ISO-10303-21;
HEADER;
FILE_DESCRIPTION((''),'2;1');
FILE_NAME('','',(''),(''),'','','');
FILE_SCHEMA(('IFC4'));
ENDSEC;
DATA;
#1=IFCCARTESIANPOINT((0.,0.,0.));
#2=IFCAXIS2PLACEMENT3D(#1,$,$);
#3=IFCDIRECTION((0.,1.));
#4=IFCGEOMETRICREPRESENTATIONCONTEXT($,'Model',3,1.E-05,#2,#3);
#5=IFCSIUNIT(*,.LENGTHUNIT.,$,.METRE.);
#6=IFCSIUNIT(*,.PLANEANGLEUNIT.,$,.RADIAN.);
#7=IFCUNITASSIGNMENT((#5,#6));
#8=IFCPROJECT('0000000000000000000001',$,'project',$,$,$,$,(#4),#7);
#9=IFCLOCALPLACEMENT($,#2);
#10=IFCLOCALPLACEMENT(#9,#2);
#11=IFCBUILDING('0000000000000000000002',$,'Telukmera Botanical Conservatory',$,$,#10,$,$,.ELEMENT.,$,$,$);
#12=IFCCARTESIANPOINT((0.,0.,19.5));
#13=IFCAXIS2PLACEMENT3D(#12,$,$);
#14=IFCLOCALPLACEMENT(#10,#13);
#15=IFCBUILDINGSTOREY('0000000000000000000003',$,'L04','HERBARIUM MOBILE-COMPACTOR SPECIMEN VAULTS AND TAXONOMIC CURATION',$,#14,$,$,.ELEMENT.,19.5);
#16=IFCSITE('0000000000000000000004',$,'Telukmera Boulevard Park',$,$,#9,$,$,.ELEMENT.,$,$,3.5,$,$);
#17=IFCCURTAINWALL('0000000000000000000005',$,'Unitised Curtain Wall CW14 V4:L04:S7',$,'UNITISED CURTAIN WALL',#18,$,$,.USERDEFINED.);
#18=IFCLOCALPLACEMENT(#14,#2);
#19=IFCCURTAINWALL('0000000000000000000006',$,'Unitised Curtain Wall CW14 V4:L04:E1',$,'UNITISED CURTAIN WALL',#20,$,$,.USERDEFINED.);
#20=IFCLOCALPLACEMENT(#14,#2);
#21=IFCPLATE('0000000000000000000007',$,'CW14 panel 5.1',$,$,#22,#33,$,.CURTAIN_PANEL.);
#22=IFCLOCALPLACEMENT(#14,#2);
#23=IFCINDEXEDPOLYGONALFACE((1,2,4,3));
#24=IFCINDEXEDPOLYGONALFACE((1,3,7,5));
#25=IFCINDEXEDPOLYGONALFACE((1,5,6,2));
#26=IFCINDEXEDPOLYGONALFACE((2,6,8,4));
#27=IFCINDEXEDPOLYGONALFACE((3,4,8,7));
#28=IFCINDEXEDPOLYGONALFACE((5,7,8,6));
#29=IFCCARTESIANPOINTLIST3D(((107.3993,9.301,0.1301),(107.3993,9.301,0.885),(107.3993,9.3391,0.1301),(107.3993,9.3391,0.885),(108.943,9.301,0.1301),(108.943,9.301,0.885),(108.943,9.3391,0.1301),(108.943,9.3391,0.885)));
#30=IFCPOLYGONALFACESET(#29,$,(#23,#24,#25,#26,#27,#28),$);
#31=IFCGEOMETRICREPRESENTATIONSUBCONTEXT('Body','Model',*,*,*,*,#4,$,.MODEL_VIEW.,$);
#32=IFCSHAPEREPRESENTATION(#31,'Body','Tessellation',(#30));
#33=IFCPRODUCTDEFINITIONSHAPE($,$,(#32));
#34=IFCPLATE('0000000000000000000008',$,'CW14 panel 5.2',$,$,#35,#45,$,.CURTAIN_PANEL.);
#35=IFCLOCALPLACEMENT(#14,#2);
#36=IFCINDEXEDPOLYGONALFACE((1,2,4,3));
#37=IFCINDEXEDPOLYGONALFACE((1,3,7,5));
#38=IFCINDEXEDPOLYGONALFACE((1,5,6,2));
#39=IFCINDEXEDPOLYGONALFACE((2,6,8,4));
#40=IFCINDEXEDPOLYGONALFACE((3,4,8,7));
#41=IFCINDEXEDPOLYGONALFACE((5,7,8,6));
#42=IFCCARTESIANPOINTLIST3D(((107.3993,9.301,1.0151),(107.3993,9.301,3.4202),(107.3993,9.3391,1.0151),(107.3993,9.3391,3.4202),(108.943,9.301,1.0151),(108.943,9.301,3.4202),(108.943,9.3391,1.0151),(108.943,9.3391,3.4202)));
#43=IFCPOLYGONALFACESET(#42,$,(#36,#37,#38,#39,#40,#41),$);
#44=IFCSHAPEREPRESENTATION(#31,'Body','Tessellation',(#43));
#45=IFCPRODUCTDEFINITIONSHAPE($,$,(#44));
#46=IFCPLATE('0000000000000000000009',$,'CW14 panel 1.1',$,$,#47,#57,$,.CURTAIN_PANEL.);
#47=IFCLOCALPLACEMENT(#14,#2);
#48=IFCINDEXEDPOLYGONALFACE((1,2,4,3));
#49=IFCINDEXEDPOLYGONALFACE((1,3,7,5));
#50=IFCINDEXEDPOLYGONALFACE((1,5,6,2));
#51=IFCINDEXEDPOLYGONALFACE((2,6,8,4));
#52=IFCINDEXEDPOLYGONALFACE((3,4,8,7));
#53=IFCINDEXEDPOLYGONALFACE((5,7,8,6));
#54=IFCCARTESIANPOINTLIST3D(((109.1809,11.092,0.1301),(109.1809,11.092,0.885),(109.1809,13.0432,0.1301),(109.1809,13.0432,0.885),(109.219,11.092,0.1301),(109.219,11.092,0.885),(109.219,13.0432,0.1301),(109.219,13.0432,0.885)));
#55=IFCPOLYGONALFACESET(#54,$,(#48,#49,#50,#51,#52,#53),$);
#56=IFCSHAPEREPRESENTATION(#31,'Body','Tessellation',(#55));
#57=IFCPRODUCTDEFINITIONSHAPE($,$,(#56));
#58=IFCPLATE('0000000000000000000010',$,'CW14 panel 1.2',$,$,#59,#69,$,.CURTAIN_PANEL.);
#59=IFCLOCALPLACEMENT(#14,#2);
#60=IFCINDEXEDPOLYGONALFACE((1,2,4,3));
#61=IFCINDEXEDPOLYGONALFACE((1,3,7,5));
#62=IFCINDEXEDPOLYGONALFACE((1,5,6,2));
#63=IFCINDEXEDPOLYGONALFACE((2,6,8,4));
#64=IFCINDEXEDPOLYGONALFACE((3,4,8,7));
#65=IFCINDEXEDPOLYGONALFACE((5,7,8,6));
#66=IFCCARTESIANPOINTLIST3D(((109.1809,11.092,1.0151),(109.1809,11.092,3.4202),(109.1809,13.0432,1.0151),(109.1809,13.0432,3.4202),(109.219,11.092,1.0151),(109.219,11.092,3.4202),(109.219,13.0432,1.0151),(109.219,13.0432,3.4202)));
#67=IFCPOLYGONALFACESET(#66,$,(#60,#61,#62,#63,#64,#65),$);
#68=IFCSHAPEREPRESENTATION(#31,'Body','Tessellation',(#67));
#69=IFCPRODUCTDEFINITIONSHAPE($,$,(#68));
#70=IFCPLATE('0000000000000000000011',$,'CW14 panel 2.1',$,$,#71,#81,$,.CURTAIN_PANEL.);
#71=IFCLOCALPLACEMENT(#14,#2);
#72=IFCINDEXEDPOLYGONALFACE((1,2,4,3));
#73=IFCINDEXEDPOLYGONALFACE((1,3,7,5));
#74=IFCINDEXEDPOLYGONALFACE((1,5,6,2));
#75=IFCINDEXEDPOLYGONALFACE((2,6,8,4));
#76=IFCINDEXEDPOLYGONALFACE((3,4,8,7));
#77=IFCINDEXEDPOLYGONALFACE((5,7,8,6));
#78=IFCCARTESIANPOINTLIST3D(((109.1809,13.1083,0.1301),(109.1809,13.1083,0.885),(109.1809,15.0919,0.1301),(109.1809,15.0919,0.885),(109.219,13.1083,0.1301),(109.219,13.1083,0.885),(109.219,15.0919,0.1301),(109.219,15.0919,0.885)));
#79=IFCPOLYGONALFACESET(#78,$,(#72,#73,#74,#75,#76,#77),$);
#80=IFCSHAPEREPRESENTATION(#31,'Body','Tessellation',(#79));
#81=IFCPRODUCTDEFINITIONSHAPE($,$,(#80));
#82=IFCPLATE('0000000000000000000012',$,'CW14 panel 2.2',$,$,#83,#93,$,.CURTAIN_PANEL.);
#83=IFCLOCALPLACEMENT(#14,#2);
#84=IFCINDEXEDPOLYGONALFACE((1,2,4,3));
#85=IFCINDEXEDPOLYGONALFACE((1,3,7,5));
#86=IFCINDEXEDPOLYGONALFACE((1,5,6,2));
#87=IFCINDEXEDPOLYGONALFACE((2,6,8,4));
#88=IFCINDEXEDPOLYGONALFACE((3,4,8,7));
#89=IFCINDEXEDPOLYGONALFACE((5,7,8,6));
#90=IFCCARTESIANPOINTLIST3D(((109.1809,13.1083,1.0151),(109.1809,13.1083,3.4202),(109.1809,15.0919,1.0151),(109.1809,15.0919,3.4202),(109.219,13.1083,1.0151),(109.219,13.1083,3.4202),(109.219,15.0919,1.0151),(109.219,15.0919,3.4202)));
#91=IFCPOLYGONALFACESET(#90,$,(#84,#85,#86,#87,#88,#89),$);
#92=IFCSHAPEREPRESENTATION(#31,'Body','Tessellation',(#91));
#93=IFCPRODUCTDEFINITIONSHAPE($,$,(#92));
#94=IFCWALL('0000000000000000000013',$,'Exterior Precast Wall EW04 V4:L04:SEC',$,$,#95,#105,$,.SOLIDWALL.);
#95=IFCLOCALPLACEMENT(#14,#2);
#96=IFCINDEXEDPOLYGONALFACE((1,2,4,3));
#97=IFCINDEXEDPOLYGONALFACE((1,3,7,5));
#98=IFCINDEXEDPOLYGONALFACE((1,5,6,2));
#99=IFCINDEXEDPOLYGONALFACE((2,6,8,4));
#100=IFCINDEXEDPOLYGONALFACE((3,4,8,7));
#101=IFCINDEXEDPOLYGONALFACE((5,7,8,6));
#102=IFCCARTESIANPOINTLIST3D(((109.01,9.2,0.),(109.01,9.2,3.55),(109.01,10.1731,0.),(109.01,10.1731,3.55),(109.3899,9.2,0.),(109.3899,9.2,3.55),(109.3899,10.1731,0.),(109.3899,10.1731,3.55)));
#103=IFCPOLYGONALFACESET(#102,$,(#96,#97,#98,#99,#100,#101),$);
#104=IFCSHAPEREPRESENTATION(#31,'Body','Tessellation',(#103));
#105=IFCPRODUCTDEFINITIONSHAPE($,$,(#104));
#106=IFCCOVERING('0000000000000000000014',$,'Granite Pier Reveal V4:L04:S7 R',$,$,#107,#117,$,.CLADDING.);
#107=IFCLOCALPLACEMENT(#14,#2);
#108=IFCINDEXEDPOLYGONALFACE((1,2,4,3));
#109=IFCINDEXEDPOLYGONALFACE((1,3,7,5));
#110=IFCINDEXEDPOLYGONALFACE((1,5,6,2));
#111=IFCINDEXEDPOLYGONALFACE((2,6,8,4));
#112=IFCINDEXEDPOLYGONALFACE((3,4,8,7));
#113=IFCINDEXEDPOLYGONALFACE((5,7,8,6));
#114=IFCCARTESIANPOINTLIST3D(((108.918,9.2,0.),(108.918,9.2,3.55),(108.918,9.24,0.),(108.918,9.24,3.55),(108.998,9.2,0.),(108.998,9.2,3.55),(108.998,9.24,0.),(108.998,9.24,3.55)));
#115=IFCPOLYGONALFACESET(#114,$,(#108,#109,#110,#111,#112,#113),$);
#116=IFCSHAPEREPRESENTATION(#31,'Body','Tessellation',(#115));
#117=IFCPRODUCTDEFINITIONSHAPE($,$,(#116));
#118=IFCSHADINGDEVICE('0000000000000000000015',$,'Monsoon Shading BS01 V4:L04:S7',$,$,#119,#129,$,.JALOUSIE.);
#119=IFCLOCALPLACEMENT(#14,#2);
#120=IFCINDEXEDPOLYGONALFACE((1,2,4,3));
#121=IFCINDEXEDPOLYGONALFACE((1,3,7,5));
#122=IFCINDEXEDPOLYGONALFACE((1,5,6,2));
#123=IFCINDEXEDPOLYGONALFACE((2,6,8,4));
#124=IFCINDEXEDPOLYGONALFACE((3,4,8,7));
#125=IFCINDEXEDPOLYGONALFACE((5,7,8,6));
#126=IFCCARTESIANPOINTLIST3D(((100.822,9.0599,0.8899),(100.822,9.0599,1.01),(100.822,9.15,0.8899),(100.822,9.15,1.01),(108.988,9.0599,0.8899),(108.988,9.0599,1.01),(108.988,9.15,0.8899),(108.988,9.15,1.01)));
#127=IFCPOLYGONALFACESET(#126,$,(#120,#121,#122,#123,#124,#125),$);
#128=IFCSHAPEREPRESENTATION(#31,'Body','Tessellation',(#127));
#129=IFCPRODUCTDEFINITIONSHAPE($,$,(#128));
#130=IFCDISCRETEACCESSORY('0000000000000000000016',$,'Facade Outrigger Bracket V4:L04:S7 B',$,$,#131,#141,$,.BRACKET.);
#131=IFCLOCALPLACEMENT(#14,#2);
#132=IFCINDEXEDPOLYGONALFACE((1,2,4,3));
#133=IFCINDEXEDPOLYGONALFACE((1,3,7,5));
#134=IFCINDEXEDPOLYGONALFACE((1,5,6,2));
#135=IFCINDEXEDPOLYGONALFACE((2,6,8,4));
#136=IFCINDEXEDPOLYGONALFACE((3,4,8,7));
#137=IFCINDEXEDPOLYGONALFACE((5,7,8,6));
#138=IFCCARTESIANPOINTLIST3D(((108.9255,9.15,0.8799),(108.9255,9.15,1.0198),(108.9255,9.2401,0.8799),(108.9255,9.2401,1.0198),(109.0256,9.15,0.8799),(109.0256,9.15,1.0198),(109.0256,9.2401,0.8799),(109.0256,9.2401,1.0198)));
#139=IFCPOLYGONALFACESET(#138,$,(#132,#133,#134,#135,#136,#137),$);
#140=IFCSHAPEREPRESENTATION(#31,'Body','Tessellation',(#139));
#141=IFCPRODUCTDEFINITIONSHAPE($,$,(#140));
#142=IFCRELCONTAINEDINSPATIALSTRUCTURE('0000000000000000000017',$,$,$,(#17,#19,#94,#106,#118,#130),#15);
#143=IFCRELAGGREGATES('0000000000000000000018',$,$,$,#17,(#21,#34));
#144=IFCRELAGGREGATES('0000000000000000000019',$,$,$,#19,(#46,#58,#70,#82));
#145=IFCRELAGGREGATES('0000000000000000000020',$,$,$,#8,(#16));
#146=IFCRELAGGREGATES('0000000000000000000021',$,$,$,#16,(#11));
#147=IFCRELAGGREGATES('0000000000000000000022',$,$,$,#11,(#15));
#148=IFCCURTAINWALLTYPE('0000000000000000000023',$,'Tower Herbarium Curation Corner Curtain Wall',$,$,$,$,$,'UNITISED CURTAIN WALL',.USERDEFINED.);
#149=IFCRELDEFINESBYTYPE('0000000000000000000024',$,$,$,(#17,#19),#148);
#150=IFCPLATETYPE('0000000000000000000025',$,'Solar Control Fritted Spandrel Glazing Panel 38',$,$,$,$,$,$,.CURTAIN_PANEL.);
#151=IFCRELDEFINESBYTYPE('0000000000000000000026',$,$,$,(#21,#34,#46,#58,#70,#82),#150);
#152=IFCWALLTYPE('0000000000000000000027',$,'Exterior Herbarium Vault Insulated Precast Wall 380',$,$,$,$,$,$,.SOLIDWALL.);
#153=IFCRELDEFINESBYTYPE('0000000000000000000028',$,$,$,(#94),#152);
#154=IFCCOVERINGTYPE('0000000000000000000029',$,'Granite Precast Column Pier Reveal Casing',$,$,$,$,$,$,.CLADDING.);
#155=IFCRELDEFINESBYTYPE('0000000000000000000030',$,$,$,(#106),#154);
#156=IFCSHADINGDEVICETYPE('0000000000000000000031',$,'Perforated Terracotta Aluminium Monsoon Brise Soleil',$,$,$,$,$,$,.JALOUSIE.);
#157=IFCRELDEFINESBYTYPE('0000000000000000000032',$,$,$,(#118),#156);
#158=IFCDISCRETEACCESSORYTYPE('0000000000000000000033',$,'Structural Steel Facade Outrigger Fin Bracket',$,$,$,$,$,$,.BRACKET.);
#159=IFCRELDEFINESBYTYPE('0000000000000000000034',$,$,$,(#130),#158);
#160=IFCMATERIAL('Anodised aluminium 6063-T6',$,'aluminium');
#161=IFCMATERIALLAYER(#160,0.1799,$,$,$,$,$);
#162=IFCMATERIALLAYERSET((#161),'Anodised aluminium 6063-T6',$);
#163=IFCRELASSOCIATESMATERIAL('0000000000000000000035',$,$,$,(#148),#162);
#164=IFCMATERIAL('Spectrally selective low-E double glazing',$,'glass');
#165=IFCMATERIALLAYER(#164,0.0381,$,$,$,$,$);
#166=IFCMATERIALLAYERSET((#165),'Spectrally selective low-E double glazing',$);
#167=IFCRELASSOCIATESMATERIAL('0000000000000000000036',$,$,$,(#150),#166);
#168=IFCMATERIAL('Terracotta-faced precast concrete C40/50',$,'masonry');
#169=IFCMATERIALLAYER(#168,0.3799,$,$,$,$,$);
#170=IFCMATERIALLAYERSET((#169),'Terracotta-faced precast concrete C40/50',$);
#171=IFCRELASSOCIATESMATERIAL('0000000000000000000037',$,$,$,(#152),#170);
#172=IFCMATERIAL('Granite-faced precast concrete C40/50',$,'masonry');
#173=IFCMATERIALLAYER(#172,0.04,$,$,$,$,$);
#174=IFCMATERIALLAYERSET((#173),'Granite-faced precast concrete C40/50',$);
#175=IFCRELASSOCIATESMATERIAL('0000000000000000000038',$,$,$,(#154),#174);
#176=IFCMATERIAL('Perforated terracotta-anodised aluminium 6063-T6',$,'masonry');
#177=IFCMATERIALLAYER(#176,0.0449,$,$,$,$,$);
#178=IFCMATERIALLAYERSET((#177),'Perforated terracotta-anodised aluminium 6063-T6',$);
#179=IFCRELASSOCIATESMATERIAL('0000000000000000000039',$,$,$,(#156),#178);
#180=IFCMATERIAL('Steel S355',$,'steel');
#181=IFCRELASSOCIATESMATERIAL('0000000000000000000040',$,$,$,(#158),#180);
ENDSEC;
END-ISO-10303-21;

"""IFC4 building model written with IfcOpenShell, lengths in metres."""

from ifc_helpers import new_model, si_unit, direction, frame, frame_2d, origin, origin_2d, place, context, subcontext, project, spatial, rectangle, extrude, material, layer, layer_set, type_object, element, aggregate, save


model = new_model("IFC4")

# Units and contexts
model_context = context("Model", 3, precision=1e-05, world=origin(), true_north=direction((0.0, 1.0)))
body_context = subcontext(model_context, "Body", "Model", "MODEL_VIEW")
ifc_project = project(units=[si_unit("LENGTHUNIT", "METRE"), si_unit("PLANEANGLEUNIT", "RADIAN")], contexts=[model_context])

# Site, building, storey
site_placement = place(None, origin())
site = spatial("IfcSite", under=ifc_project, at=site_placement, Name="Telukmera Boulevard Park", CompositionType="ELEMENT", RefElevation=3.5)
building_placement = place(site_placement, origin())
building = spatial("IfcBuilding", under=site, at=building_placement, Name="Telukmera Botanical Conservatory", CompositionType="ELEMENT")
storey_placement = place(building_placement, frame((0.0, 0.0, 19.5)))
storey = spatial("IfcBuildingStorey", under=building, at=storey_placement, Name="L04", Description="HERBARIUM MOBILE-COMPACTOR SPECIMEN VAULTS AND TAXONOMIC CURATION", CompositionType="ELEMENT", Elevation=19.5)

# Curtain walls
ifc_material_1 = material(Name="Anodised aluminium 6063-T6", Category="aluminium")
ifc_layer_1 = layer(ifc_material_1, 0.1799)
ifc_layer_set_1 = layer_set([ifc_layer_1], Name="Anodised aluminium 6063-T6")
curtain_wall_type = type_object("IfcCurtainWallType", Name="Tower Herbarium Curation Corner Curtain Wall", ElementType="UNITISED CURTAIN WALL", PredefinedType="USERDEFINED", material=ifc_layer_set_1)
curtain_wall_1_placement = place(storey_placement, origin())
curtain_wall_1 = element("IfcCurtainWall", 1, at=curtain_wall_1_placement, inside=storey, type_object=curtain_wall_type, Name="Unitised Curtain Wall CW14 V4:L04:S7", ObjectType="UNITISED CURTAIN WALL", PredefinedType="USERDEFINED")
curtain_wall_2_placement = place(storey_placement, origin())
curtain_wall_2 = element("IfcCurtainWall", 2, at=curtain_wall_2_placement, inside=storey, type_object=curtain_wall_type, Name="Unitised Curtain Wall CW14 V4:L04:E1", ObjectType="UNITISED CURTAIN WALL", PredefinedType="USERDEFINED")

# Plates
ifc_material_2 = material(Name="Spectrally selective low-E double glazing", Category="glass")
ifc_layer_2 = layer(ifc_material_2, 0.0381)
ifc_layer_set_2 = layer_set([ifc_layer_2], Name="Spectrally selective low-E double glazing")
plate_type = type_object("IfcPlateType", Name="Solar Control Fritted Spandrel Glazing Panel 38", PredefinedType="CURTAIN_PANEL", material=ifc_layer_set_2)
plate_1_placement = place(storey_placement, frame((108.1711, 9.3201, 0.1301), z_axis=(0.0, 0.0, 1.0), x_axis=(1.0, 0.0, 0.0)))
plate_1 = element("IfcPlate", 3, at=plate_1_placement, type_object=plate_type, Name="CW14 panel 5.1", PredefinedType="CURTAIN_PANEL", context=body_context, shape_type="SweptSolid", body=[
    extrude(rectangle(XDim=1.5437, YDim=0.0381, at=origin_2d()), origin(), (0.0, 0.0, 1.0), 0.7549),
])
plate_2_placement = place(storey_placement, frame((108.1711, 9.3201, 1.0151), z_axis=(0.0, 0.0, 1.0), x_axis=(1.0, 0.0, 0.0)))
plate_2 = element("IfcPlate", 4, at=plate_2_placement, type_object=plate_type, Name="CW14 panel 5.2", PredefinedType="CURTAIN_PANEL", context=body_context, shape_type="SweptSolid", body=[
    extrude(rectangle(XDim=1.5437, YDim=0.0381, at=origin_2d()), origin(), (0.0, 0.0, 1.0), 2.405),
])
aggregate(curtain_wall_1, [plate_1, plate_2])
plate_3_placement = place(storey_placement, frame((109.2, 12.0676, 0.1301), z_axis=(0.0, 0.0, 1.0), x_axis=(0.0, 1.0, 0.0)))
plate_3 = element("IfcPlate", 5, at=plate_3_placement, type_object=plate_type, Name="CW14 panel 1.1", PredefinedType="CURTAIN_PANEL", context=body_context, shape_type="SweptSolid", body=[
    extrude(rectangle(XDim=1.9512, YDim=0.0381, at=origin_2d()), origin(), (0.0, 0.0, 1.0), 0.7549),
])
plate_4_placement = place(storey_placement, frame((109.2, 12.0676, 1.0151), z_axis=(0.0, 0.0, 1.0), x_axis=(0.0, 1.0, 0.0)))
plate_4 = element("IfcPlate", 6, at=plate_4_placement, type_object=plate_type, Name="CW14 panel 1.2", PredefinedType="CURTAIN_PANEL", context=body_context, shape_type="SweptSolid", body=[
    extrude(rectangle(XDim=1.9512, YDim=0.0381, at=origin_2d()), origin(), (0.0, 0.0, 1.0), 2.405),
])
plate_5_placement = place(storey_placement, frame((109.2, 14.1001, 0.1301), z_axis=(0.0, 0.0, 1.0), x_axis=(0.0, 1.0, 0.0)))
plate_5 = element("IfcPlate", 7, at=plate_5_placement, type_object=plate_type, Name="CW14 panel 2.1", PredefinedType="CURTAIN_PANEL", context=body_context, shape_type="SweptSolid", body=[
    extrude(rectangle(XDim=1.9836, YDim=0.0381, at=origin_2d()), origin(), (0.0, 0.0, 1.0), 0.7549),
])
plate_6_placement = place(storey_placement, frame((109.2, 14.1001, 1.0151), z_axis=(0.0, 0.0, 1.0), x_axis=(0.0, 1.0, 0.0)))
plate_6 = element("IfcPlate", 8, at=plate_6_placement, type_object=plate_type, Name="CW14 panel 2.2", PredefinedType="CURTAIN_PANEL", context=body_context, shape_type="SweptSolid", body=[
    extrude(rectangle(XDim=1.9836, YDim=0.0381, at=origin_2d()), origin(), (0.0, 0.0, 1.0), 2.405),
])
aggregate(curtain_wall_2, [plate_3, plate_4, plate_5, plate_6])

# Wall
ifc_material_3 = material(Name="Terracotta-faced precast concrete C40/50", Category="masonry")
ifc_layer_3 = layer(ifc_material_3, 0.3799)
ifc_layer_set_3 = layer_set([ifc_layer_3], Name="Terracotta-faced precast concrete C40/50")
wall_type = type_object("IfcWallType", Name="Exterior Herbarium Vault Insulated Precast Wall 380", PredefinedType="SOLIDWALL", material=ifc_layer_set_3)
wall_placement = place(storey_placement, frame((109.2, 9.2, 0.0), z_axis=(0.0, 0.0, 1.0), x_axis=(0.0, 1.0, 0.0)))
element("IfcWall", 9, at=wall_placement, inside=storey, type_object=wall_type, Name="Exterior Precast Wall EW04 V4:L04:SEC", PredefinedType="SOLIDWALL", context=body_context, shape_type="SweptSolid", body=[
    extrude(rectangle(XDim=0.9731, YDim=0.3799, at=frame_2d((0.4866, 0.0))), origin(), (0.0, 0.0, 1.0), 3.55),
])

# Covering
ifc_material_4 = material(Name="Granite-faced precast concrete C40/50", Category="masonry")
ifc_layer_4 = layer(ifc_material_4, 0.04)
ifc_layer_set_4 = layer_set([ifc_layer_4], Name="Granite-faced precast concrete C40/50")
covering_type = type_object("IfcCoveringType", Name="Granite Precast Column Pier Reveal Casing", PredefinedType="CLADDING", material=ifc_layer_set_4)
covering_placement = place(storey_placement, frame((108.958, 9.22, 0.0), z_axis=(0.0, 0.0, 1.0), x_axis=(1.0, 0.0, 0.0)))
element("IfcCovering", 10, at=covering_placement, inside=storey, type_object=covering_type, Name="Granite Pier Reveal V4:L04:S7 R", PredefinedType="CLADDING", context=body_context, shape_type="SweptSolid", body=[
    extrude(rectangle(XDim=0.0801, YDim=0.04, at=origin_2d()), origin(), (0.0, 0.0, 1.0), 3.55),
])

# Shading device
ifc_material_5 = material(Name="Perforated terracotta-anodised aluminium 6063-T6", Category="masonry")
ifc_layer_5 = layer(ifc_material_5, 0.0449)
ifc_layer_set_5 = layer_set([ifc_layer_5], Name="Perforated terracotta-anodised aluminium 6063-T6")
shading_device_type = type_object("IfcShadingDeviceType", Name="Perforated Terracotta Aluminium Monsoon Brise Soleil", PredefinedType="JALOUSIE", material=ifc_layer_set_5)
shading_device_placement = place(storey_placement, frame((104.905, 9.105, 0.8899), z_axis=(0.0, 0.0, 1.0), x_axis=(1.0, 0.0, 0.0)))
element("IfcShadingDevice", 11, at=shading_device_placement, inside=storey, type_object=shading_device_type, Name="Monsoon Shading BS01 V4:L04:S7", PredefinedType="JALOUSIE", context=body_context, shape_type="SweptSolid", body=[
    extrude(rectangle(XDim=8.166, YDim=0.0901, at=origin_2d()), origin(), (0.0, 0.0, 1.0), 0.1201),
])

# Discrete accessory
ifc_material_6 = material(Name="Steel S355", Category="steel")
discrete_accessory_type = type_object("IfcDiscreteAccessoryType", Name="Structural Steel Facade Outrigger Fin Bracket", PredefinedType="BRACKET", material=ifc_material_6)
discrete_accessory_placement = place(storey_placement, frame((108.9756, 9.1951, 0.8799), z_axis=(0.0, 0.0, 1.0), x_axis=(1.0, 0.0, 0.0)))
element("IfcDiscreteAccessory", 12, at=discrete_accessory_placement, inside=storey, type_object=discrete_accessory_type, Name="Facade Outrigger Bracket V4:L04:S7 B", PredefinedType="BRACKET", context=body_context, shape_type="SweptSolid", body=[
    extrude(rectangle(XDim=0.1001, YDim=0.0901, at=origin_2d()), origin(), (0.0, 0.0, 1.0), 0.1399),
])

save(model, "model.ifc")
